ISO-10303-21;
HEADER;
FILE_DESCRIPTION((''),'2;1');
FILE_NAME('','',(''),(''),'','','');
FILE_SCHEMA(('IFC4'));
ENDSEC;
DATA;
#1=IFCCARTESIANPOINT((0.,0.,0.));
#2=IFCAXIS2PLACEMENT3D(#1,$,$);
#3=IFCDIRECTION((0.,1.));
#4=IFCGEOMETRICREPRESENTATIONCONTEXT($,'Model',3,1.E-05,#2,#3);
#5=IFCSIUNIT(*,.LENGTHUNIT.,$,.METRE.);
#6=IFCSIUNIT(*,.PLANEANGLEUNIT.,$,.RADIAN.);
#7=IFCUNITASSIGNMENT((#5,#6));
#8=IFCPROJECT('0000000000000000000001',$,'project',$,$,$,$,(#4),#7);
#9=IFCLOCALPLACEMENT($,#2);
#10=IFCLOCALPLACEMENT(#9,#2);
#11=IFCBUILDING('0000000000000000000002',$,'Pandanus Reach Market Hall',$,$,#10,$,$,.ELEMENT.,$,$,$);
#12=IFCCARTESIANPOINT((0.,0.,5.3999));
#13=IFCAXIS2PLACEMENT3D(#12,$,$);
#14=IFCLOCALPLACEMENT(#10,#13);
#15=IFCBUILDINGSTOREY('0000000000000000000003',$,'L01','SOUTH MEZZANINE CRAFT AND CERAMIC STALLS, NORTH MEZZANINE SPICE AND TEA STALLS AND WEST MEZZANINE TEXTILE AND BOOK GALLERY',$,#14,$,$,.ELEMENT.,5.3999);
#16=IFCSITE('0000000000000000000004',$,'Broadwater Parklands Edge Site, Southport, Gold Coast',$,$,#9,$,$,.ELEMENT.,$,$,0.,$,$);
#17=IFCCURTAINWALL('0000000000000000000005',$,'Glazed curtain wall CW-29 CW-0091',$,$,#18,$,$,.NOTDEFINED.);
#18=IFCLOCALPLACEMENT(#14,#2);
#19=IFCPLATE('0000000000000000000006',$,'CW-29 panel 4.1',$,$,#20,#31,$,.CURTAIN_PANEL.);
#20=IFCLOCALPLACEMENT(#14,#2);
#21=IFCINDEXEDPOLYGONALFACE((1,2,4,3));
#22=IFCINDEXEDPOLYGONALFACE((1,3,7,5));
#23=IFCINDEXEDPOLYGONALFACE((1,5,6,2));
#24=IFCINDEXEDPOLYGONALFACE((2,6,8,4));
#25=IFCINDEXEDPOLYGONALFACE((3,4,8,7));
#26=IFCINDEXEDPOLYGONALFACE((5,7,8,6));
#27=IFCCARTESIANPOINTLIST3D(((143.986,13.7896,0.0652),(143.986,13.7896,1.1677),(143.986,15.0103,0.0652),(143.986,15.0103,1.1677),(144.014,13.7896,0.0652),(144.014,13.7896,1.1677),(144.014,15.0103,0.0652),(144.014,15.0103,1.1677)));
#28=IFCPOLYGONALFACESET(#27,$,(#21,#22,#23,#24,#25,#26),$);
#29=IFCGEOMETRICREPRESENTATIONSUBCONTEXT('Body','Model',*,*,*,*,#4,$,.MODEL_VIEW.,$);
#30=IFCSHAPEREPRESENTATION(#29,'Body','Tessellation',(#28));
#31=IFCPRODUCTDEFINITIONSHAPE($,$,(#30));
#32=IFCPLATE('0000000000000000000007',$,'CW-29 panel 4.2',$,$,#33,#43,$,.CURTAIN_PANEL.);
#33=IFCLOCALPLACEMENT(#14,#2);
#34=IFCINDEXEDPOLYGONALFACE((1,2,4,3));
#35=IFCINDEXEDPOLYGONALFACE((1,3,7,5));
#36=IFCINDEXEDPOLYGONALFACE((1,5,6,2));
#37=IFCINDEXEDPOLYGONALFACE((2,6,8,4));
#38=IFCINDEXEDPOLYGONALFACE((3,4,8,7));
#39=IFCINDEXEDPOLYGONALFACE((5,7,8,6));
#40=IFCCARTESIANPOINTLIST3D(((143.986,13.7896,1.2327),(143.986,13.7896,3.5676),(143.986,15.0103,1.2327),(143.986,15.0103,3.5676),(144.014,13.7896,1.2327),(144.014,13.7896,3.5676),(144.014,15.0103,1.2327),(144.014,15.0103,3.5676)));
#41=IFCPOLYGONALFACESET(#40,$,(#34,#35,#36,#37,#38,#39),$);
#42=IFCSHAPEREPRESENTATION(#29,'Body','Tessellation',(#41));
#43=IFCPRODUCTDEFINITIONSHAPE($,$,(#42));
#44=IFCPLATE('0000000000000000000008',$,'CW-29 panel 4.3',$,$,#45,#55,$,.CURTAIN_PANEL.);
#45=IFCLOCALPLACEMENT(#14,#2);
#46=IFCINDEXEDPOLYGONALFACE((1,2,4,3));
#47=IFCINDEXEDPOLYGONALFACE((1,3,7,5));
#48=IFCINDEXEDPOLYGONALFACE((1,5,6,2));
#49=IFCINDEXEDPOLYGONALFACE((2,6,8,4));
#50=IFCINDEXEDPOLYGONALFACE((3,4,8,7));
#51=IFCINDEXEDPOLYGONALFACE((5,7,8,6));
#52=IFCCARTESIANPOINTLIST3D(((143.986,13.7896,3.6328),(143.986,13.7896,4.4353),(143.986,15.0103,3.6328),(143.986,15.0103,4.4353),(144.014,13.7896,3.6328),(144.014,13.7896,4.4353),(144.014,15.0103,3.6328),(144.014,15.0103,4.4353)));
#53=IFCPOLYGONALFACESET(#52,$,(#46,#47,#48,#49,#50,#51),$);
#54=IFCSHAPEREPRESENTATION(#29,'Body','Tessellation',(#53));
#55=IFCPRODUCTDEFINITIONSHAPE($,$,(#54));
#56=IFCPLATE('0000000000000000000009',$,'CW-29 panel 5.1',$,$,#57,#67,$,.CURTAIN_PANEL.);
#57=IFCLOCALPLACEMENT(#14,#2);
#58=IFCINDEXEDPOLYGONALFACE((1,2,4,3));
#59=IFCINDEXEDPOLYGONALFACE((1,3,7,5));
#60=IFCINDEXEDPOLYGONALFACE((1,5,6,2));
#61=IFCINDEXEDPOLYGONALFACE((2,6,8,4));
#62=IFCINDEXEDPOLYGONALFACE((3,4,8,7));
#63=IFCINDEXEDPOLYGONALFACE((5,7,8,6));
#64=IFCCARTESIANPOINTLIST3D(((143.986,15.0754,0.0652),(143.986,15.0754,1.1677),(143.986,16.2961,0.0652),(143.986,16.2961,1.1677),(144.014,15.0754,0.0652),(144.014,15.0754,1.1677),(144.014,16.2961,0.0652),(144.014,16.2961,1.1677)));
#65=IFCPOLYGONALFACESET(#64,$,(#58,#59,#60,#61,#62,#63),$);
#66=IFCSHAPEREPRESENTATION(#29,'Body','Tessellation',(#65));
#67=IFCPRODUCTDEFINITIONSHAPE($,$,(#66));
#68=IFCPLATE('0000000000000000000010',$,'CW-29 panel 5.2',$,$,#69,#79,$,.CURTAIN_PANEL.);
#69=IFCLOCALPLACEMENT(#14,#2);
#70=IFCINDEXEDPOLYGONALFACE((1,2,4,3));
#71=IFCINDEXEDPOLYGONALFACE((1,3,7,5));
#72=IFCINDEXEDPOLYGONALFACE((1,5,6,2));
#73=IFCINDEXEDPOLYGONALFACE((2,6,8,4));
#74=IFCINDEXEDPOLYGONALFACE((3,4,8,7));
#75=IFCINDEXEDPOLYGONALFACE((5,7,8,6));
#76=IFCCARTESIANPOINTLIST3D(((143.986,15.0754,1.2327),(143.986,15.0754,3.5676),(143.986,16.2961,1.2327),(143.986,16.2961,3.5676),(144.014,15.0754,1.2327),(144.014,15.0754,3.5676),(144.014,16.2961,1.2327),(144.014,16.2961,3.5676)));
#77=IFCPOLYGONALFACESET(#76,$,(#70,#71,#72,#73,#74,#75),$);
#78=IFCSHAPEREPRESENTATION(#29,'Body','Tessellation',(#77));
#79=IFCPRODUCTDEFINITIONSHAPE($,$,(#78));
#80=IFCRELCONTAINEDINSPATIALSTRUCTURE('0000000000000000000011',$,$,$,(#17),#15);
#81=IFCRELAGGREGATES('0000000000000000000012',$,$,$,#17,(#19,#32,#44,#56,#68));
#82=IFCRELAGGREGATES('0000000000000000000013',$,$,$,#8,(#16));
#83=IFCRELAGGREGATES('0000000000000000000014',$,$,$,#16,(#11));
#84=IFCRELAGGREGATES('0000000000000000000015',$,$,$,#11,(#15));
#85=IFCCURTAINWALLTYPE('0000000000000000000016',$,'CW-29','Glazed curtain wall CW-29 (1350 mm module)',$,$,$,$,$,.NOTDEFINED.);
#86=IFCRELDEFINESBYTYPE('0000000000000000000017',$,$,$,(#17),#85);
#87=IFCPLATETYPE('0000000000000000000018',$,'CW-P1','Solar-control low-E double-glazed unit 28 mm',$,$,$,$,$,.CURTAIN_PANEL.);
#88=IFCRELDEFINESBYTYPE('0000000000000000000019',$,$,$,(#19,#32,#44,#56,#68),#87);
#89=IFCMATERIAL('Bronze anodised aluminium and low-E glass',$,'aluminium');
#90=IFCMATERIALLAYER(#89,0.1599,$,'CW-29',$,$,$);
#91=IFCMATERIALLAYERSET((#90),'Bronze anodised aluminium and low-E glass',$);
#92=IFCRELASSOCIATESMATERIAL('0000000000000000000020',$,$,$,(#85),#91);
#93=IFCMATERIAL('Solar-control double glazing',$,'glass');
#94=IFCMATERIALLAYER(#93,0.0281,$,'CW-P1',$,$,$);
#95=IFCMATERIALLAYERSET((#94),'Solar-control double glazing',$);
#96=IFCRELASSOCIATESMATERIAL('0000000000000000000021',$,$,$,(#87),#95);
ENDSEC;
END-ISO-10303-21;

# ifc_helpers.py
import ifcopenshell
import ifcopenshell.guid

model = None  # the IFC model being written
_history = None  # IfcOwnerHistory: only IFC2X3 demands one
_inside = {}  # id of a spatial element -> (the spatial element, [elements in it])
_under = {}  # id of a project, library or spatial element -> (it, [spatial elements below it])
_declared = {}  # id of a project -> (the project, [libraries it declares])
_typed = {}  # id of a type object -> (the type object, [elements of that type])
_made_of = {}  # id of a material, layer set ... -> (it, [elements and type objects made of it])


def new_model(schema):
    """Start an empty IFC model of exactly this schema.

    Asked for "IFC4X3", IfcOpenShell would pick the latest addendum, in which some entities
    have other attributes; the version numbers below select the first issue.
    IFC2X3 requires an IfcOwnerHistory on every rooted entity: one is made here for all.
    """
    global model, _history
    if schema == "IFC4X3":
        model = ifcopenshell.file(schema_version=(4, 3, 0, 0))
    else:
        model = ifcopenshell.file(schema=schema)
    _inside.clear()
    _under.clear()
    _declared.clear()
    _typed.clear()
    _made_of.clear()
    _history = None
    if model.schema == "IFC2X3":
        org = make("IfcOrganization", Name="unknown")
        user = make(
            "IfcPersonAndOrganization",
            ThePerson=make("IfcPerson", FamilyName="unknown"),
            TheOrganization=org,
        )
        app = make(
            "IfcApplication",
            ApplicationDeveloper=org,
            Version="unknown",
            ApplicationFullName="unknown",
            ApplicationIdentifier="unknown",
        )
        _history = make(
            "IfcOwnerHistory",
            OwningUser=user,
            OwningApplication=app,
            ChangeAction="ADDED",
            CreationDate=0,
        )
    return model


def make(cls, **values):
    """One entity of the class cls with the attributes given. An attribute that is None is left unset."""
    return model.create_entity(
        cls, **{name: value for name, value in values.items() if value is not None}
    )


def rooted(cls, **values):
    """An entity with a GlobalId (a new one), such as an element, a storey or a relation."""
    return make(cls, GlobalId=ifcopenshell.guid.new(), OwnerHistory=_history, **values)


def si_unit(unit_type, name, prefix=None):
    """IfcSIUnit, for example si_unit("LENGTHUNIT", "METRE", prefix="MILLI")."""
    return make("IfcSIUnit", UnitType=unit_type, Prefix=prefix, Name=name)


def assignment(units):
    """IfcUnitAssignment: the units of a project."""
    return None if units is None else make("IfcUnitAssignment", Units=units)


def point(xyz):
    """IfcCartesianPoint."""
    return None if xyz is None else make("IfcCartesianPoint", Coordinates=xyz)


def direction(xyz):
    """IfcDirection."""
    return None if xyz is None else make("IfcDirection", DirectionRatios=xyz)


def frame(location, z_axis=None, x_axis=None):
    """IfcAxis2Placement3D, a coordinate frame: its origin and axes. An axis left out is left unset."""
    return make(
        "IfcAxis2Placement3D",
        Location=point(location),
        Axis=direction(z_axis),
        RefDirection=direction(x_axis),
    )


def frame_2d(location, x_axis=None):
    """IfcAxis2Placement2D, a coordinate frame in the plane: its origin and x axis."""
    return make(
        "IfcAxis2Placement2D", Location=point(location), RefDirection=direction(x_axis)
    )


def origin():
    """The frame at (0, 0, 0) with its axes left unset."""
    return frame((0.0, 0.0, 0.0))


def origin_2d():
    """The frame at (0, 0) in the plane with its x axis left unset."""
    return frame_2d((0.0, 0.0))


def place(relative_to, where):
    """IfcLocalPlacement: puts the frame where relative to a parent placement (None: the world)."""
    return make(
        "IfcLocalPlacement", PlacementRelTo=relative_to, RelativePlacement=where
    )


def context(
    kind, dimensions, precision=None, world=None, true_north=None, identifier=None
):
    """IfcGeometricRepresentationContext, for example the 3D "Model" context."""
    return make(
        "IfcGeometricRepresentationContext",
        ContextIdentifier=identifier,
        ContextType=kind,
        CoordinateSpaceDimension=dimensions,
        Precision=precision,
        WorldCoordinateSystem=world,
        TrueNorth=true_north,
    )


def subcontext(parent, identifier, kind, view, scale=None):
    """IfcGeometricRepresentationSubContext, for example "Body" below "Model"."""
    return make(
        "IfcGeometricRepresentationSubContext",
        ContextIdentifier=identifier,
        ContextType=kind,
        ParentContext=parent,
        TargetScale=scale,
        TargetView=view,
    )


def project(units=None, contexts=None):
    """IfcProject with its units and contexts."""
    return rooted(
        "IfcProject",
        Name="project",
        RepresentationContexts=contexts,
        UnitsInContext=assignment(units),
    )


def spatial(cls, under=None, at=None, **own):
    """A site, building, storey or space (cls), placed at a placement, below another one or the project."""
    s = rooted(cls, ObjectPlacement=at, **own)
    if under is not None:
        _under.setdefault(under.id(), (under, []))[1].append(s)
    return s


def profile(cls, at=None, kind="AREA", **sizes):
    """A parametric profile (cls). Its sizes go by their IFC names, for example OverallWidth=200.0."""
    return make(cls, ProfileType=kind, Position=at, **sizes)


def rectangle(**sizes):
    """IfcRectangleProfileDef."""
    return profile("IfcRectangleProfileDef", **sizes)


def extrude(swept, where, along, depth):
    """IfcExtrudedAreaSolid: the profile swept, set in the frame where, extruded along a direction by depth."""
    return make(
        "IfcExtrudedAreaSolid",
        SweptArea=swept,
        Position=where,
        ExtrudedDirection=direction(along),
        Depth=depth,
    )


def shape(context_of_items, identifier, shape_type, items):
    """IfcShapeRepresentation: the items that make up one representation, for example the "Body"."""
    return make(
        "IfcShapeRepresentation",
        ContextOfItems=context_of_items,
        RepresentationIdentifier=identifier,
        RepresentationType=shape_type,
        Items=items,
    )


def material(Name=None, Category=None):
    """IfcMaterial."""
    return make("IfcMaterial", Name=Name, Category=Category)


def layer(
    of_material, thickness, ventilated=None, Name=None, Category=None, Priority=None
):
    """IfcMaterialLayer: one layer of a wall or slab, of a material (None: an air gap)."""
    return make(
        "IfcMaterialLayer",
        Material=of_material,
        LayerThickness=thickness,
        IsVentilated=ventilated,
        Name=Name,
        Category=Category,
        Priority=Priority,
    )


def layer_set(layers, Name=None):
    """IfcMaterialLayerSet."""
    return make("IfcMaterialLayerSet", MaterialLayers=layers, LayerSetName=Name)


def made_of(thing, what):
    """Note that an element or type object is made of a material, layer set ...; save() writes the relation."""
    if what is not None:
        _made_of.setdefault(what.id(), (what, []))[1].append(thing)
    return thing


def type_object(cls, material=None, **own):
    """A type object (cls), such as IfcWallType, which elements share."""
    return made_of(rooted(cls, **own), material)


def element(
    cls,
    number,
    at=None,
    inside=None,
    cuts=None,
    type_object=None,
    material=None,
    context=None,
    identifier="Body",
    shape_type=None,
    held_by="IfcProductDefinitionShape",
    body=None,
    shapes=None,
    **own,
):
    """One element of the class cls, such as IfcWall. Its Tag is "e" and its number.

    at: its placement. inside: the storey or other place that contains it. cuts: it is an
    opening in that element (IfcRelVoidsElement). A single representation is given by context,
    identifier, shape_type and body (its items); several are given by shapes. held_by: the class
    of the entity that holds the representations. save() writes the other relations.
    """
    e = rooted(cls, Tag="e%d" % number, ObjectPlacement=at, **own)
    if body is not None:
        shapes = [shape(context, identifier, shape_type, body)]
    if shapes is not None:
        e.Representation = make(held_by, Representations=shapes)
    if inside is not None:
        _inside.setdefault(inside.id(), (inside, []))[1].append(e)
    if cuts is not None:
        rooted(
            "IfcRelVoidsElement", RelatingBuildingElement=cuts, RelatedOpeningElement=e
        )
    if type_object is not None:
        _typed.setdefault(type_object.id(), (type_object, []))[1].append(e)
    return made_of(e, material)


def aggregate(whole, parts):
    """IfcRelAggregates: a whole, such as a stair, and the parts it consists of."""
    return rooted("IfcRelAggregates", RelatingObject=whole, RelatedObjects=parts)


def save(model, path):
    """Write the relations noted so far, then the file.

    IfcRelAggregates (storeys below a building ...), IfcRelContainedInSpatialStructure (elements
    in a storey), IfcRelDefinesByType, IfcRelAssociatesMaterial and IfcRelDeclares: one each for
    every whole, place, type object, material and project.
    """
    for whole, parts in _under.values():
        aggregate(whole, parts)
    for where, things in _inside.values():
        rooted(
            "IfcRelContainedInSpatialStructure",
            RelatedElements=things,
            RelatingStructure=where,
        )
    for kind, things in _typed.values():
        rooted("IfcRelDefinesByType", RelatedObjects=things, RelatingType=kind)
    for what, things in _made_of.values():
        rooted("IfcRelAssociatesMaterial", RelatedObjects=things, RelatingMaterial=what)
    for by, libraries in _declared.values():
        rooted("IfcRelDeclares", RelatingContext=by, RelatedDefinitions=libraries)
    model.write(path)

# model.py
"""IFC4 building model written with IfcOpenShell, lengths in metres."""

from ifc_helpers import new_model, si_unit, direction, frame, origin, origin_2d, place, context, subcontext, project, spatial, rectangle, extrude, material, layer, layer_set, type_object, element, aggregate, save


model = new_model("IFC4")

# Units and contexts
model_context = context("Model", 3, precision=1e-05, world=origin(), true_north=direction((0.0, 1.0)))
body_context = subcontext(model_context, "Body", "Model", "MODEL_VIEW")
ifc_project = project(units=[si_unit("LENGTHUNIT", "METRE"), si_unit("PLANEANGLEUNIT", "RADIAN")], contexts=[model_context])

# Site, building, storey
site_placement = place(None, origin())
site = spatial("IfcSite", under=ifc_project, at=site_placement, Name="Broadwater Parklands Edge Site, Southport, Gold Coast", CompositionType="ELEMENT", RefElevation=0.0)
building_placement = place(site_placement, origin())
building = spatial("IfcBuilding", under=site, at=building_placement, Name="Pandanus Reach Market Hall", CompositionType="ELEMENT")
storey_placement = place(building_placement, frame((0.0, 0.0, 5.3999)))
storey = spatial("IfcBuildingStorey", under=building, at=storey_placement, Name="L01", Description="SOUTH MEZZANINE CRAFT AND CERAMIC STALLS, NORTH MEZZANINE SPICE AND TEA STALLS AND WEST MEZZANINE TEXTILE AND BOOK GALLERY", CompositionType="ELEMENT", Elevation=5.3999)

# Curtain wall, plates
ifc_material_1 = material(Name="Bronze anodised aluminium and low-E glass", Category="aluminium")
ifc_layer_1 = layer(ifc_material_1, 0.1599, Name="CW-29")
ifc_layer_set_1 = layer_set([ifc_layer_1], Name="Bronze anodised aluminium and low-E glass")
curtain_wall_type = type_object("IfcCurtainWallType", Name="CW-29", Description="Glazed curtain wall CW-29 (1350 mm module)", PredefinedType="NOTDEFINED", material=ifc_layer_set_1)
curtain_wall_placement = place(storey_placement, origin())
curtain_wall = element("IfcCurtainWall", 1, at=curtain_wall_placement, inside=storey, type_object=curtain_wall_type, Name="Glazed curtain wall CW-29 CW-0091", PredefinedType="NOTDEFINED")
ifc_material_2 = material(Name="Solar-control double glazing", Category="glass")
ifc_layer_2 = layer(ifc_material_2, 0.0281, Name="CW-P1")
ifc_layer_set_2 = layer_set([ifc_layer_2], Name="Solar-control double glazing")
plate_type = type_object("IfcPlateType", Name="CW-P1", Description="Solar-control low-E double-glazed unit 28 mm", PredefinedType="CURTAIN_PANEL", material=ifc_layer_set_2)
plate_1_placement = place(storey_placement, frame((144.0, 14.3999, 0.0652), z_axis=(0.0, 0.0, 1.0), x_axis=(0.0, 1.0, 0.0)))
plate_1 = element("IfcPlate", 2, at=plate_1_placement, type_object=plate_type, Name="CW-29 panel 4.1", PredefinedType="CURTAIN_PANEL", context=body_context, shape_type="SweptSolid", body=[
    extrude(rectangle(XDim=1.2207, YDim=0.0281, at=origin_2d()), origin(), (0.0, 0.0, 1.0), 1.1025),
])
plate_2_placement = place(storey_placement, frame((144.0, 14.3999, 1.2327), z_axis=(0.0, 0.0, 1.0), x_axis=(0.0, 1.0, 0.0)))
plate_2 = element("IfcPlate", 3, at=plate_2_placement, type_object=plate_type, Name="CW-29 panel 4.2", PredefinedType="CURTAIN_PANEL", context=body_context, shape_type="SweptSolid", body=[
    extrude(rectangle(XDim=1.2207, YDim=0.0281, at=origin_2d()), origin(), (0.0, 0.0, 1.0), 2.335),
])
plate_3_placement = place(storey_placement, frame((144.0, 14.3999, 3.6328), z_axis=(0.0, 0.0, 1.0), x_axis=(0.0, 1.0, 0.0)))
plate_3 = element("IfcPlate", 4, at=plate_3_placement, type_object=plate_type, Name="CW-29 panel 4.3", PredefinedType="CURTAIN_PANEL", context=body_context, shape_type="SweptSolid", body=[
    extrude(rectangle(XDim=1.2207, YDim=0.0281, at=origin_2d()), origin(), (0.0, 0.0, 1.0), 0.8025),
])
plate_4_placement = place(storey_placement, frame((144.0, 15.6858, 0.0652), z_axis=(0.0, 0.0, 1.0), x_axis=(0.0, 1.0, 0.0)))
plate_4 = element("IfcPlate", 5, at=plate_4_placement, type_object=plate_type, Name="CW-29 panel 5.1", PredefinedType="CURTAIN_PANEL", context=body_context, shape_type="SweptSolid", body=[
    extrude(rectangle(XDim=1.2207, YDim=0.0281, at=origin_2d()), origin(), (0.0, 0.0, 1.0), 1.1025),
])
plate_5_placement = place(storey_placement, frame((144.0, 15.6858, 1.2327), z_axis=(0.0, 0.0, 1.0), x_axis=(0.0, 1.0, 0.0)))
plate_5 = element("IfcPlate", 6, at=plate_5_placement, type_object=plate_type, Name="CW-29 panel 5.2", PredefinedType="CURTAIN_PANEL", context=body_context, shape_type="SweptSolid", body=[
    extrude(rectangle(XDim=1.2207, YDim=0.0281, at=origin_2d()), origin(), (0.0, 0.0, 1.0), 2.335),
])
aggregate(curtain_wall, [plate_1, plate_2, plate_3, plate_4, plate_5])

save(model, "model.ifc")
